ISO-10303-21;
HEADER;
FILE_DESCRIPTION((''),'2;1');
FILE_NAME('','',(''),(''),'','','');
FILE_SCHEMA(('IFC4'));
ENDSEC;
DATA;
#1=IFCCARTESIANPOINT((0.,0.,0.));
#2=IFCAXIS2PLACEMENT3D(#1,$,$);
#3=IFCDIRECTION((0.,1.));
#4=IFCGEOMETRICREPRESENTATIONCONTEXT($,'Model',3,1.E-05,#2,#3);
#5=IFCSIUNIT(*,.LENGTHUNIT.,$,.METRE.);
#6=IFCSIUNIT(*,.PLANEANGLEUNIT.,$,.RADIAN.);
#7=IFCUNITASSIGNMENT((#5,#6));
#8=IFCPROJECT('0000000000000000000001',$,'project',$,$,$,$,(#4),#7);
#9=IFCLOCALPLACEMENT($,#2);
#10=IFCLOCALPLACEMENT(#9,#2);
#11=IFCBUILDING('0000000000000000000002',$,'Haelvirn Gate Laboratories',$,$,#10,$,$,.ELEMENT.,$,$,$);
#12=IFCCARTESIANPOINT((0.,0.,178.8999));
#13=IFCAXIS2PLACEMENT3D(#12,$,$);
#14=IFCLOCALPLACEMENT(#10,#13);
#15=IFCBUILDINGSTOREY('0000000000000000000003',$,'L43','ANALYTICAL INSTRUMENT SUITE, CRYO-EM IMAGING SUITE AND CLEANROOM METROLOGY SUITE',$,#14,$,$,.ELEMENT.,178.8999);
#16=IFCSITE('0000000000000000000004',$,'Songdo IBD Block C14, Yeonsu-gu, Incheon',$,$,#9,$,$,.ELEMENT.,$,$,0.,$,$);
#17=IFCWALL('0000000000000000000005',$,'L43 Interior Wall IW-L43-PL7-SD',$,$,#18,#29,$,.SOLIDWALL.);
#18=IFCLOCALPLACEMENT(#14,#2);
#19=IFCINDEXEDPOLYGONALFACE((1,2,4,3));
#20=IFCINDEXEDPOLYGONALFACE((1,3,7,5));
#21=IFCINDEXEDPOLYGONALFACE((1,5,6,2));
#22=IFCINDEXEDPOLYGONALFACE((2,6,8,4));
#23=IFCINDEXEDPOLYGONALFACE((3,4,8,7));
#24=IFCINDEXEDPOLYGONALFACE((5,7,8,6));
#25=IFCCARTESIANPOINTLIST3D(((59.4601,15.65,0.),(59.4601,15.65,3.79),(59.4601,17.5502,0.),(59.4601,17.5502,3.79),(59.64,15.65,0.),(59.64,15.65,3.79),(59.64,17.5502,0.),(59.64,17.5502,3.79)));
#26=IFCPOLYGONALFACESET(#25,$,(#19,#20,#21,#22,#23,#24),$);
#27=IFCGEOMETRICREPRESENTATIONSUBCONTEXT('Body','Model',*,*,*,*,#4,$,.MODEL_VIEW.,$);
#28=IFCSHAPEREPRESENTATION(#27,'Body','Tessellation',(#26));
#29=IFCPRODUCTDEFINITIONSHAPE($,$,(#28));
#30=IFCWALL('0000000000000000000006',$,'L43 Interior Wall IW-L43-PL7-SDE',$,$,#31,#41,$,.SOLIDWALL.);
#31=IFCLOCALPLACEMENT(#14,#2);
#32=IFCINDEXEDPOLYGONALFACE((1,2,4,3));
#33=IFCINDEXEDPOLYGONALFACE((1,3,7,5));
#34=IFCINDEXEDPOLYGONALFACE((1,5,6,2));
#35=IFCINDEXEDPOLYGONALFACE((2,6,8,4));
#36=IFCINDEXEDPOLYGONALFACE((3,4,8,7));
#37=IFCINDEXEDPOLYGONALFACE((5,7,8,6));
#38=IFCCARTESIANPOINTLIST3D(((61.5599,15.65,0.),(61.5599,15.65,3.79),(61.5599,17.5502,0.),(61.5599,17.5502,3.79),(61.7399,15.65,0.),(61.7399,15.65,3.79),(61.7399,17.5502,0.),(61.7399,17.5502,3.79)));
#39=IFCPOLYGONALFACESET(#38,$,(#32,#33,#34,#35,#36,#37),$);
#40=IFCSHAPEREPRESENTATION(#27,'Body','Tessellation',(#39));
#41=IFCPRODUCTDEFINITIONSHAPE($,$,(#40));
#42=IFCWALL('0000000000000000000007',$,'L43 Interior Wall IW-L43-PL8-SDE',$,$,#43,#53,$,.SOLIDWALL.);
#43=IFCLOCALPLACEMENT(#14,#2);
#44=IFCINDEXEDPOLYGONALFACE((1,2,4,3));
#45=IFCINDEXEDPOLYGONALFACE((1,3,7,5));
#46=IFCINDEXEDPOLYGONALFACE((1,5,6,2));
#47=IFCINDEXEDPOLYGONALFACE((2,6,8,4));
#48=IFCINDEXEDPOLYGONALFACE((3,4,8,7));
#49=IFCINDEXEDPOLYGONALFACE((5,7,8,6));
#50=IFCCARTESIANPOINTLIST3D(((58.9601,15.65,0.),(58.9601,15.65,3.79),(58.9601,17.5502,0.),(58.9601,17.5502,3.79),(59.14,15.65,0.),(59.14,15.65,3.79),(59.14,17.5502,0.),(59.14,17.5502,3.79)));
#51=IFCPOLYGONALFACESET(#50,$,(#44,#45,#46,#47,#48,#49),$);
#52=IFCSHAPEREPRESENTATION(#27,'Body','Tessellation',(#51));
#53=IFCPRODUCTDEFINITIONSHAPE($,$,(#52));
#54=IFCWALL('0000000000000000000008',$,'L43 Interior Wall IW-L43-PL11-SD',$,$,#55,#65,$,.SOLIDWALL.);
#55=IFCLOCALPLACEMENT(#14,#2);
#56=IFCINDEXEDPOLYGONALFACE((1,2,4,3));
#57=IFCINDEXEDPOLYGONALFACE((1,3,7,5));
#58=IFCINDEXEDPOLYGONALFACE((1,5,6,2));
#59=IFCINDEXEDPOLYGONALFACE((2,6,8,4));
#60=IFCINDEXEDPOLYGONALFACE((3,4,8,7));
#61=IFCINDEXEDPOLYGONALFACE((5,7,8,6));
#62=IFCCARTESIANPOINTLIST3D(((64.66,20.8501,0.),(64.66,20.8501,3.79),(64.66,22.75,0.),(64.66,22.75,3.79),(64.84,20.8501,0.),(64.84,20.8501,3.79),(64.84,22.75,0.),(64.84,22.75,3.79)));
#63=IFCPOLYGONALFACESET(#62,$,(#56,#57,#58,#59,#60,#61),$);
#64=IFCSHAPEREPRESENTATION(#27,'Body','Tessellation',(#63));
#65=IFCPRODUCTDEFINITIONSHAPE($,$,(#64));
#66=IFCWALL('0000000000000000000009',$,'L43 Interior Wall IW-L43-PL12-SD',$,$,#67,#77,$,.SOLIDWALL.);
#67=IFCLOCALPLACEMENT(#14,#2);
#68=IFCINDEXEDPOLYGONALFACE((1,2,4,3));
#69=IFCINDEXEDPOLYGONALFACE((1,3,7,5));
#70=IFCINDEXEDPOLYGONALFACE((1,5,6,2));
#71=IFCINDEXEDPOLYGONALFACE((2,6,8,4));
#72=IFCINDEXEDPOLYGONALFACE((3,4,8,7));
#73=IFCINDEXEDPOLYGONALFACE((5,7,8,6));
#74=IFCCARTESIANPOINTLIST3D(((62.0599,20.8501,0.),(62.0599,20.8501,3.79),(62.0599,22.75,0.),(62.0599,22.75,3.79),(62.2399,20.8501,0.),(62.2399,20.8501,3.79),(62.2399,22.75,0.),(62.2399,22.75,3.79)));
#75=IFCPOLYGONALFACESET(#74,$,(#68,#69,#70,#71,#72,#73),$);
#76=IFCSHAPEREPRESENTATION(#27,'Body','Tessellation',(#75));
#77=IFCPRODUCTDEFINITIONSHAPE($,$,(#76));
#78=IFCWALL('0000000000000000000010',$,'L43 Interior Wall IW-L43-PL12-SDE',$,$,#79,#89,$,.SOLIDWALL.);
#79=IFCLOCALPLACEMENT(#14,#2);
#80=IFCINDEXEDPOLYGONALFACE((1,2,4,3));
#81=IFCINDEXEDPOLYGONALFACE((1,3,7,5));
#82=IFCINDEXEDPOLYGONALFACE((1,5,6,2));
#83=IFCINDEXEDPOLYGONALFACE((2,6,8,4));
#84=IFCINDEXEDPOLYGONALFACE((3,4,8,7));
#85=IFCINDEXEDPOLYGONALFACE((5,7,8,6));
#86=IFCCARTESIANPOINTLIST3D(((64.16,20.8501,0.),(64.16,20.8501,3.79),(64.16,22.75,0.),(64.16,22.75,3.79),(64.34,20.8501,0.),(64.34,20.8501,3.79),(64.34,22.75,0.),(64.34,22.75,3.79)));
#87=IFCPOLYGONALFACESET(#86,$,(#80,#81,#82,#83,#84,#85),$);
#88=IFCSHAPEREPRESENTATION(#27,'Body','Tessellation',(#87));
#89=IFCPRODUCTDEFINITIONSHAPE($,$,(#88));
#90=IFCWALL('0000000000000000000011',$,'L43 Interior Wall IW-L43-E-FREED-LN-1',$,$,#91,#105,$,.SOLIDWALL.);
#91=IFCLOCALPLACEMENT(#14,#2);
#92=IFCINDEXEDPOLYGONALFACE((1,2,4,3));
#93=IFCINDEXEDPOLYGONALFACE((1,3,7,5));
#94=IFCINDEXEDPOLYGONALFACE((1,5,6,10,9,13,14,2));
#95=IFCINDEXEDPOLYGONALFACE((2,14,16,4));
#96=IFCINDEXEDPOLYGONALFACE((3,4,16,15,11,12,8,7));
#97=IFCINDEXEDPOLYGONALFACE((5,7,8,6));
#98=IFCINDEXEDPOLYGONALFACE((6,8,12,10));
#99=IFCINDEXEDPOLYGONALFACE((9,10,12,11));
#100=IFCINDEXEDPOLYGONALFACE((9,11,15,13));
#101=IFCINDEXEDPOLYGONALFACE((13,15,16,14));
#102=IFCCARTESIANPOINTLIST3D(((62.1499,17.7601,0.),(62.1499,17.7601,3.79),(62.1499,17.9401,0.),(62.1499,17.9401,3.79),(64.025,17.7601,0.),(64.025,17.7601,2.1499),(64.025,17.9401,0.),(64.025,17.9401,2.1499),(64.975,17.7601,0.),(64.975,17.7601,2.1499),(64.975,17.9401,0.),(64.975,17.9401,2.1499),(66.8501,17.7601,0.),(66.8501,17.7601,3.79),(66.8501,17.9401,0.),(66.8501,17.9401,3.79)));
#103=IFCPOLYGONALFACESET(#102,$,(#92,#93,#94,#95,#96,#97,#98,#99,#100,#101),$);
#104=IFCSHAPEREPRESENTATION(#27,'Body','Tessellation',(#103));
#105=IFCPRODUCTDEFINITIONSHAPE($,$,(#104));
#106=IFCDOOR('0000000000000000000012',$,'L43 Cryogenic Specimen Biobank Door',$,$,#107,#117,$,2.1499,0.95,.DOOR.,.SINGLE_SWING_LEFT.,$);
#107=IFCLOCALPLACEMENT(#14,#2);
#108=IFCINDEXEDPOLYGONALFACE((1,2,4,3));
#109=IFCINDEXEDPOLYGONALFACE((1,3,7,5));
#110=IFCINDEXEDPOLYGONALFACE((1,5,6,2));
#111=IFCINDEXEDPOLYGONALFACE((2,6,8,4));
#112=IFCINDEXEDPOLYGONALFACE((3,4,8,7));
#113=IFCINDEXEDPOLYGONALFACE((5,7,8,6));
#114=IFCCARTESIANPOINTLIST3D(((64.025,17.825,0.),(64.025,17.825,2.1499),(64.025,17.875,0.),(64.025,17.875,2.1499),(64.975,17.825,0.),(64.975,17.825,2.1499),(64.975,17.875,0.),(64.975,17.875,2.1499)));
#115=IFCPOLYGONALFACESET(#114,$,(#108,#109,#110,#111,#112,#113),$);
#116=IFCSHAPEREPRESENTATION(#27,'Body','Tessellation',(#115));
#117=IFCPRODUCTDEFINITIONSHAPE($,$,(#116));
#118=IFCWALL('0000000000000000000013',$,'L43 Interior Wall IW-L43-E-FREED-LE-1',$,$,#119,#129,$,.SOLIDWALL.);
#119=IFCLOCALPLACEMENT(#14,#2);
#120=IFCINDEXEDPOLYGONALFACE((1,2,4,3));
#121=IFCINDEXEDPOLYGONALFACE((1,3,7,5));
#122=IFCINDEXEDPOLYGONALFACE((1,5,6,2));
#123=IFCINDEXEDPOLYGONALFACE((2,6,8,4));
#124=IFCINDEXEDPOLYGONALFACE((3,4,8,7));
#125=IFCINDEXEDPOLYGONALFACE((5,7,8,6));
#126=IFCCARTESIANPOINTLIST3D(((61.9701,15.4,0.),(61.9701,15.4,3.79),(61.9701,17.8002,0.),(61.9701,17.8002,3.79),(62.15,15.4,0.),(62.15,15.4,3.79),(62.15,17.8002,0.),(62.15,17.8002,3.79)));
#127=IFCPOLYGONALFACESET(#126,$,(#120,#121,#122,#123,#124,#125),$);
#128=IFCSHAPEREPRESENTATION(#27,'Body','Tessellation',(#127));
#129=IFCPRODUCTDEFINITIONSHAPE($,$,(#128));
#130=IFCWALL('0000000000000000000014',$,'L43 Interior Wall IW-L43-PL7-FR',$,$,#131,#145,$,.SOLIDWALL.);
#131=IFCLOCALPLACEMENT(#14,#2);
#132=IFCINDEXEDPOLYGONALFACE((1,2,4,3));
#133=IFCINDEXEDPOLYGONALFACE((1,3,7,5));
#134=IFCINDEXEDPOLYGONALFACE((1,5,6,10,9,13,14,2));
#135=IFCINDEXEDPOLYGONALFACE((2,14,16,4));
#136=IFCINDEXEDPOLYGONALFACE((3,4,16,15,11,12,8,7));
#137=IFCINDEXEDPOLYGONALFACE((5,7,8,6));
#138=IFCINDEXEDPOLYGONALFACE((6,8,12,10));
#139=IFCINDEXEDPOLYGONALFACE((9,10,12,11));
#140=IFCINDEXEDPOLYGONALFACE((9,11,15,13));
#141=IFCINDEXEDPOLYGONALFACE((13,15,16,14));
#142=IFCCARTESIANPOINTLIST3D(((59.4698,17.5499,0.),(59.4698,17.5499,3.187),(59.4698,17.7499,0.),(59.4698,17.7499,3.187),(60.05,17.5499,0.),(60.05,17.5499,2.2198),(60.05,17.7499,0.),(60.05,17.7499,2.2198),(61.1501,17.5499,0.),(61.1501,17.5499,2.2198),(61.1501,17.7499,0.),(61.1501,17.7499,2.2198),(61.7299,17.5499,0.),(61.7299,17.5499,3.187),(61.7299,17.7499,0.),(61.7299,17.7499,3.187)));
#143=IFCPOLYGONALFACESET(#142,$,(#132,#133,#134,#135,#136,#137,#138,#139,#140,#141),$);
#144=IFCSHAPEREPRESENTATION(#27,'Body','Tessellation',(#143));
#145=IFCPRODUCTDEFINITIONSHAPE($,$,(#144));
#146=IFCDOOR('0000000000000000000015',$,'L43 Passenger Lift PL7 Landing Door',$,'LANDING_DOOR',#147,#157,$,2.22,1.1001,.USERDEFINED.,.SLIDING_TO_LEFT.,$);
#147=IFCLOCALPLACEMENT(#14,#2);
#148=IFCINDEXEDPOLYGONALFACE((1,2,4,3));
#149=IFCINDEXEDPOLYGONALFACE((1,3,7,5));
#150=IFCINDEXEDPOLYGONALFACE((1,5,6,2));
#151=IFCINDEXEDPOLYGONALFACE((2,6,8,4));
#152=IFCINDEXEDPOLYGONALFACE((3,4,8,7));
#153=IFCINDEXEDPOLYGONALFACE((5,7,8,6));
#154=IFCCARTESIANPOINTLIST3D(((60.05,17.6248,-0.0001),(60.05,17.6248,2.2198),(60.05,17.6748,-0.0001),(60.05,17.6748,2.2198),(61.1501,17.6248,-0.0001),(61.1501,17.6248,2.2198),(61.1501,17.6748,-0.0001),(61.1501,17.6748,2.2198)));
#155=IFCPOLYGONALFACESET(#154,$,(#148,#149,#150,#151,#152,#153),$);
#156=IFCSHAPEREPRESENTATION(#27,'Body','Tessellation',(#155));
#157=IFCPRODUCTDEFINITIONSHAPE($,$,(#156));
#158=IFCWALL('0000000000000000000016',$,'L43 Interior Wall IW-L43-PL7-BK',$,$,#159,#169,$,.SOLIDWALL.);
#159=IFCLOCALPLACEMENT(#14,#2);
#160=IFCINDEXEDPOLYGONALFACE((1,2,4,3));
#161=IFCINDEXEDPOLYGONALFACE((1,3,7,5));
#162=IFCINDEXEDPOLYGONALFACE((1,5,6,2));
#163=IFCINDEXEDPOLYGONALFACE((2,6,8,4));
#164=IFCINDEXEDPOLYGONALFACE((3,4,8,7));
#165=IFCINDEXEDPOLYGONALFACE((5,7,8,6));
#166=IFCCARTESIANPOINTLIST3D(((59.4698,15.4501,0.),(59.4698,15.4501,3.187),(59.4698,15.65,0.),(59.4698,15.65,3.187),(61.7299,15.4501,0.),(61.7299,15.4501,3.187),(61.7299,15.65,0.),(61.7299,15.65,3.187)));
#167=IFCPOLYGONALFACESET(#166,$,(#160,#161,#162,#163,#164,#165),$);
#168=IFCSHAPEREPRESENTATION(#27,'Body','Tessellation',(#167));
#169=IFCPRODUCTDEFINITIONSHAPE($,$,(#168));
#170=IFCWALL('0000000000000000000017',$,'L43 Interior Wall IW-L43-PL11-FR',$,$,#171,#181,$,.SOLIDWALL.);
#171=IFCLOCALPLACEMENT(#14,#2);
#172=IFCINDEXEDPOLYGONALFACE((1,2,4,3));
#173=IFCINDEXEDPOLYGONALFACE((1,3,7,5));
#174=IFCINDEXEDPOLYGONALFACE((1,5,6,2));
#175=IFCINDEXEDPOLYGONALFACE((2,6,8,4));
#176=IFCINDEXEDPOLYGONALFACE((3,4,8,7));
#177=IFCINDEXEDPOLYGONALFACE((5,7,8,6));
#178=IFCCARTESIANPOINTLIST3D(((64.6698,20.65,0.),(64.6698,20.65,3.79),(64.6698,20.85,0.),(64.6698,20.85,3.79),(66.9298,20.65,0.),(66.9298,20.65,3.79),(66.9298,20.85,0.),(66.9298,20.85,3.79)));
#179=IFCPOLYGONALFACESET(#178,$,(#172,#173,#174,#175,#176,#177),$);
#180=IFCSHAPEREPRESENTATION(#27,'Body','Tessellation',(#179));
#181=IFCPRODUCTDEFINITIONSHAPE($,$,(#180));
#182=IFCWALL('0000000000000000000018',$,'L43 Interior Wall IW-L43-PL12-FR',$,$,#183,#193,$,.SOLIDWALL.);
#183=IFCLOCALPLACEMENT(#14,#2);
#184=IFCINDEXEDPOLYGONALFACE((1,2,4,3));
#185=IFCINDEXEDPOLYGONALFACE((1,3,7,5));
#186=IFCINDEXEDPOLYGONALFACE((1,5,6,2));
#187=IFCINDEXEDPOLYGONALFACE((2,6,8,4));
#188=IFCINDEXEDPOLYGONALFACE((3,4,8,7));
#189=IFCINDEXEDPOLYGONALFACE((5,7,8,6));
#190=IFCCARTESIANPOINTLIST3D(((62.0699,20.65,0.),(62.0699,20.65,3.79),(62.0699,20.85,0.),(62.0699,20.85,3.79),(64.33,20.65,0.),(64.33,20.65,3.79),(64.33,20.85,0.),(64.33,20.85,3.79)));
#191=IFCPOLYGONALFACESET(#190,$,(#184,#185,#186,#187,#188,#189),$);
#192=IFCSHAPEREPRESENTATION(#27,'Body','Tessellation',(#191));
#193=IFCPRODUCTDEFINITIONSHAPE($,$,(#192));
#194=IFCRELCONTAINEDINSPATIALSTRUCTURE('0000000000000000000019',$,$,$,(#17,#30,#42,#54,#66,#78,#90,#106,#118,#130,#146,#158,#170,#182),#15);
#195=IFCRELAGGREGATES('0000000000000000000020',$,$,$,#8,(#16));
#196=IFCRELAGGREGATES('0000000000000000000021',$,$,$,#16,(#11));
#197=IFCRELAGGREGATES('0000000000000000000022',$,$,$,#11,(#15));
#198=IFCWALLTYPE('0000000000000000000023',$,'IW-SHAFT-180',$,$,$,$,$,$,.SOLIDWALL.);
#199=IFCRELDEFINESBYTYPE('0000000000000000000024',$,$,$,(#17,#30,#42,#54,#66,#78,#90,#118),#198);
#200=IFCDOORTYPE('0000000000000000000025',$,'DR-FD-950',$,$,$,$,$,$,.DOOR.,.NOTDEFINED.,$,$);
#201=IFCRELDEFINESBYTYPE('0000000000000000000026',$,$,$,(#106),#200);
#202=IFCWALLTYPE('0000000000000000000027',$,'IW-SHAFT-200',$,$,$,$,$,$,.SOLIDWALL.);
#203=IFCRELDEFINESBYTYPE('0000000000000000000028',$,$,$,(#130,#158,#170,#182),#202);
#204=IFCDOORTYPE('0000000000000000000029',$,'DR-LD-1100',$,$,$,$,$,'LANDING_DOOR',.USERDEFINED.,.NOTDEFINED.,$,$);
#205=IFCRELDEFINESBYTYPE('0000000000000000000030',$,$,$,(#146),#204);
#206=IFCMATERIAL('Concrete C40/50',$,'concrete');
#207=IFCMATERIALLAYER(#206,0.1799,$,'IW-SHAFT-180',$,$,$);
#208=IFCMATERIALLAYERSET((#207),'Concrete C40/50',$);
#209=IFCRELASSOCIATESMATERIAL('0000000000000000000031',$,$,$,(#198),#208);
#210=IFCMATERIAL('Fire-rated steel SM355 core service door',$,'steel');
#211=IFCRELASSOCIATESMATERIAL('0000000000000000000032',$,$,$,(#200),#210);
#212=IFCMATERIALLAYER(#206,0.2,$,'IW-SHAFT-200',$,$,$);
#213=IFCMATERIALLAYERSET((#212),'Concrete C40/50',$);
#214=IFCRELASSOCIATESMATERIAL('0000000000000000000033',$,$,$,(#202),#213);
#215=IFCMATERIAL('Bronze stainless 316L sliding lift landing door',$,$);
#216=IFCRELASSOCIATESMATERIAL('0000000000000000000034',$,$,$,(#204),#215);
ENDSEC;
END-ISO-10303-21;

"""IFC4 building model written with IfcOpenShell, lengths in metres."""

from ifc_helpers import new_model, si_unit, direction, frame, frame_2d, origin, place, context, subcontext, project, spatial, rectangle, extrude, source, transform, mapped, material, layer, layer_set, type_object, type_shapes, element, fill, save


model = new_model("IFC4")

# Units and contexts
model_context = context("Model", 3, precision=1e-05, world=origin(), true_north=direction((0.0, 1.0)))
body_context = subcontext(model_context, "Body", "Model", "MODEL_VIEW")
ifc_project = project(units=[si_unit("LENGTHUNIT", "METRE"), si_unit("PLANEANGLEUNIT", "RADIAN")], contexts=[model_context])

# Site, building, storey
site_placement = place(None, origin())
site = spatial("IfcSite", under=ifc_project, at=site_placement, Name="Songdo IBD Block C14, Yeonsu-gu, Incheon", CompositionType="ELEMENT", RefElevation=0.0)
building_placement = place(site_placement, origin())
building = spatial("IfcBuilding", under=site, at=building_placement, Name="Haelvirn Gate Laboratories", CompositionType="ELEMENT")
storey_placement = place(building_placement, frame((0.0, 0.0, 178.8999)))
storey = spatial("IfcBuildingStorey", under=building, at=storey_placement, Name="L43", Description="ANALYTICAL INSTRUMENT SUITE, CRYO-EM IMAGING SUITE AND CLEANROOM METROLOGY SUITE", CompositionType="ELEMENT", Elevation=178.8999)

# Walls
ifc_material_1 = material(Name="Concrete C40/50", Category="concrete")
ifc_layer_1 = layer(ifc_material_1, 0.1799, Name="IW-SHAFT-180")
ifc_layer_set_1 = layer_set([ifc_layer_1], Name="Concrete C40/50")
wall_type_1 = type_object("IfcWallType", Name="IW-SHAFT-180", PredefinedType="SOLIDWALL", material=ifc_layer_set_1)
for number, where, z_axis, x_axis, name in (
    (1, (59.55, 15.6499, 0.0), (0.0, 0.0, 1.0), (0.0, 1.0, 0.0), "L43 Interior Wall IW-L43-PL7-SD"),
    (2, (61.6499, 15.6499, 0.0), (0.0, 0.0, 1.0), (0.0, 1.0, 0.0), "L43 Interior Wall IW-L43-PL7-SDE"),
    (3, (59.05, 15.6499, 0.0), (0.0, 0.0, 1.0), (0.0, 1.0, 0.0), "L43 Interior Wall IW-L43-PL8-SDE"),
):
    element("IfcWall", number, at=place(storey_placement, frame(where, z_axis=z_axis, x_axis=x_axis)), inside=storey, type_object=wall_type_1, Name=name, PredefinedType="SOLIDWALL", context=body_context, shape_type="SweptSolid", body=[
        extrude(rectangle(XDim=1.9001, YDim=0.1799, at=frame_2d((0.9502, 0.0))), origin(), (0.0, 0.0, 1.0), 3.79),
    ])
for number, where, z_axis, x_axis, name in (
    (4, (64.75, 20.8501, 0.0), (0.0, 0.0, 1.0), (0.0, 1.0, 0.0), "L43 Interior Wall IW-L43-PL11-SD"),
    (5, (62.1499, 20.8501, 0.0), (0.0, 0.0, 1.0), (0.0, 1.0, 0.0), "L43 Interior Wall IW-L43-PL12-SD"),
    (6, (64.25, 20.8501, 0.0), (0.0, 0.0, 1.0), (0.0, 1.0, 0.0), "L43 Interior Wall IW-L43-PL12-SDE"),
):
    element("IfcWall", number, at=place(storey_placement, frame(where, z_axis=z_axis, x_axis=x_axis)), inside=storey, type_object=wall_type_1, Name=name, PredefinedType="SOLIDWALL", context=body_context, shape_type="SweptSolid", body=[
        extrude(rectangle(XDim=1.8999, YDim=0.1799, at=frame_2d((0.95, 0.0))), origin(), (0.0, 0.0, 1.0), 3.79),
    ])

# Wall, opening, door
wall_1_placement = place(storey_placement, frame((62.1499, 17.8501, 0.0), z_axis=(0.0, 0.0, 1.0), x_axis=(1.0, 0.0, 0.0)))
wall_1 = element("IfcWall", 7, at=wall_1_placement, inside=storey, type_object=wall_type_1, Name="L43 Interior Wall IW-L43-E-FREED-LN-1", PredefinedType="SOLIDWALL", context=body_context, shape_type="SweptSolid", body=[
    extrude(rectangle(XDim=4.7002, YDim=0.1799, at=frame_2d((2.3501, 0.0))), origin(), (0.0, 0.0, 1.0), 3.79),
])
opening_1_placement = place(wall_1_placement, frame((1.875, 0.0, 0.0)))
opening_1 = element("IfcOpeningElement", 8, at=opening_1_placement, cuts=wall_1, PredefinedType="OPENING", context=body_context, shape_type="SweptSolid", body=[
    extrude(rectangle(XDim=0.95, YDim=2.1499, at=frame_2d((0.4751, 1.075))), frame((0.0, 0.1001, 0.0), z_axis=(0.0, -1.0, 0.0), x_axis=(1.0, 0.0, 0.0)), (0.0, 0.0, 1.0), 0.2),
])
ifc_material_2 = material(Name="Fire-rated steel SM355 core service door", Category="steel")
door_type_1 = type_object("IfcDoorType", Name="DR-FD-950", OperationType="NOTDEFINED", PredefinedType="DOOR", material=ifc_material_2)
shared_shape_1 = source(origin(), body_context, "Body", "SweptSolid", [
    extrude(rectangle(XDim=0.95, YDim=2.1499, at=frame_2d((0.4751, 1.075))), frame((0.0, 0.0249, 0.0), z_axis=(0.0, -1.0, 0.0), x_axis=(1.0, 0.0, 0.0)), (0.0, 0.0, 1.0), 0.05),
])
type_shapes(door_type_1, [shared_shape_1])
door_1_placement = place(opening_1_placement, origin())
door_1 = element("IfcDoor", 9, at=door_1_placement, inside=storey, type_object=door_type_1, Name="L43 Cryogenic Specimen Biobank Door", OperationType="SINGLE_SWING_LEFT", OverallHeight=2.1499, OverallWidth=0.95, PredefinedType="DOOR", context=body_context, shape_type="MappedRepresentation", body=[
    mapped(shared_shape_1, transform((0.0, 0.0, 0.0), scale=1.0)),
])
fill(opening_1, door_1)

# Wall
wall_2_placement = place(storey_placement, frame((62.0601, 15.3999, 0.0), z_axis=(0.0, 0.0, 1.0), x_axis=(0.0, 1.0, 0.0)))
element("IfcWall", 10, at=wall_2_placement, inside=storey, type_object=wall_type_1, Name="L43 Interior Wall IW-L43-E-FREED-LE-1", PredefinedType="SOLIDWALL", context=body_context, shape_type="SweptSolid", body=[
    extrude(rectangle(XDim=2.4001, YDim=0.1799, at=frame_2d((1.2002, 0.0))), origin(), (0.0, 0.0, 1.0), 3.79),
])

# Wall, opening, door
ifc_layer_2 = layer(ifc_material_1, 0.2, Name="IW-SHAFT-200")
ifc_layer_set_2 = layer_set([ifc_layer_2], Name="Concrete C40/50")
wall_type_2 = type_object("IfcWallType", Name="IW-SHAFT-200", PredefinedType="SOLIDWALL", material=ifc_layer_set_2)
wall_3_placement = place(storey_placement, frame((59.47, 17.6499, 0.0), z_axis=(0.0, 0.0, 1.0), x_axis=(1.0, 0.0, 0.0)))
wall_3 = element("IfcWall", 11, at=wall_3_placement, inside=storey, type_object=wall_type_2, Name="L43 Interior Wall IW-L43-PL7-FR", PredefinedType="SOLIDWALL", context=body_context, shape_type="SweptSolid", body=[
    extrude(rectangle(XDim=2.26, YDim=0.2, at=frame_2d((1.1299, 0.0))), origin(), (0.0, 0.0, 1.0), 3.187),
])
opening_2_placement = place(wall_3_placement, frame((0.5801, 0.0, 0.0)))
opening_2 = element("IfcOpeningElement", 12, at=opening_2_placement, cuts=wall_3, PredefinedType="OPENING", context=body_context, shape_type="SweptSolid", body=[
    extrude(rectangle(XDim=1.1001, YDim=2.22, at=frame_2d((0.55, 1.1099))), frame((0.0, 0.1099, 0.0), z_axis=(0.0, -1.0, 0.0), x_axis=(1.0, 0.0, 0.0)), (0.0, 0.0, 1.0), 0.22),
])
ifc_material_3 = material(Name="Bronze stainless 316L sliding lift landing door")
door_type_2 = type_object("IfcDoorType", Name="DR-LD-1100", ElementType="LANDING_DOOR", OperationType="NOTDEFINED", PredefinedType="USERDEFINED", material=ifc_material_3)
shared_shape_2 = source(origin(), body_context, "Body", "SweptSolid", [
    extrude(rectangle(XDim=1.1001, YDim=2.22, at=frame_2d((0.55, 1.1099))), frame((0.0, 0.0249, 0.0), z_axis=(0.0, -1.0, 0.0), x_axis=(1.0, 0.0, 0.0)), (0.0, 0.0, 1.0), 0.05),
])
type_shapes(door_type_2, [shared_shape_2])
door_2_placement = place(opening_2_placement, origin())
door_2 = element("IfcDoor", 13, at=door_2_placement, inside=storey, type_object=door_type_2, Name="L43 Passenger Lift PL7 Landing Door", ObjectType="LANDING_DOOR", OperationType="SLIDING_TO_LEFT", OverallHeight=2.22, OverallWidth=1.1001, PredefinedType="USERDEFINED", context=body_context, shape_type="MappedRepresentation", body=[
    mapped(shared_shape_2, transform((0.0, 0.0, 0.0), scale=1.0)),
])
fill(opening_2, door_2)

# Walls
wall_4_placement = place(storey_placement, frame((59.47, 15.55, 0.0), z_axis=(0.0, 0.0, 1.0), x_axis=(1.0, 0.0, 0.0)))
element("IfcWall", 14, at=wall_4_placement, inside=storey, type_object=wall_type_2, Name="L43 Interior Wall IW-L43-PL7-BK", PredefinedType="SOLIDWALL", context=body_context, shape_type="SweptSolid", body=[
    extrude(rectangle(XDim=2.26, YDim=0.2, at=frame_2d((1.1299, 0.0))), origin(), (0.0, 0.0, 1.0), 3.187),
])
for number, where, z_axis, x_axis, name in (
    (15, (64.6699, 20.75, 0.0), (0.0, 0.0, 1.0), (1.0, 0.0, 0.0), "L43 Interior Wall IW-L43-PL11-FR"),
    (16, (62.0701, 20.75, 0.0), (0.0, 0.0, 1.0), (1.0, 0.0, 0.0), "L43 Interior Wall IW-L43-PL12-FR"),
):
    element("IfcWall", number, at=place(storey_placement, frame(where, z_axis=z_axis, x_axis=x_axis)), inside=storey, type_object=wall_type_2, Name=name, PredefinedType="SOLIDWALL", context=body_context, shape_type="SweptSolid", body=[
        extrude(rectangle(XDim=2.26, YDim=0.2, at=frame_2d((1.1299, 0.0))), origin(), (0.0, 0.0, 1.0), 3.79),
    ])

save(model, "model.ifc")
